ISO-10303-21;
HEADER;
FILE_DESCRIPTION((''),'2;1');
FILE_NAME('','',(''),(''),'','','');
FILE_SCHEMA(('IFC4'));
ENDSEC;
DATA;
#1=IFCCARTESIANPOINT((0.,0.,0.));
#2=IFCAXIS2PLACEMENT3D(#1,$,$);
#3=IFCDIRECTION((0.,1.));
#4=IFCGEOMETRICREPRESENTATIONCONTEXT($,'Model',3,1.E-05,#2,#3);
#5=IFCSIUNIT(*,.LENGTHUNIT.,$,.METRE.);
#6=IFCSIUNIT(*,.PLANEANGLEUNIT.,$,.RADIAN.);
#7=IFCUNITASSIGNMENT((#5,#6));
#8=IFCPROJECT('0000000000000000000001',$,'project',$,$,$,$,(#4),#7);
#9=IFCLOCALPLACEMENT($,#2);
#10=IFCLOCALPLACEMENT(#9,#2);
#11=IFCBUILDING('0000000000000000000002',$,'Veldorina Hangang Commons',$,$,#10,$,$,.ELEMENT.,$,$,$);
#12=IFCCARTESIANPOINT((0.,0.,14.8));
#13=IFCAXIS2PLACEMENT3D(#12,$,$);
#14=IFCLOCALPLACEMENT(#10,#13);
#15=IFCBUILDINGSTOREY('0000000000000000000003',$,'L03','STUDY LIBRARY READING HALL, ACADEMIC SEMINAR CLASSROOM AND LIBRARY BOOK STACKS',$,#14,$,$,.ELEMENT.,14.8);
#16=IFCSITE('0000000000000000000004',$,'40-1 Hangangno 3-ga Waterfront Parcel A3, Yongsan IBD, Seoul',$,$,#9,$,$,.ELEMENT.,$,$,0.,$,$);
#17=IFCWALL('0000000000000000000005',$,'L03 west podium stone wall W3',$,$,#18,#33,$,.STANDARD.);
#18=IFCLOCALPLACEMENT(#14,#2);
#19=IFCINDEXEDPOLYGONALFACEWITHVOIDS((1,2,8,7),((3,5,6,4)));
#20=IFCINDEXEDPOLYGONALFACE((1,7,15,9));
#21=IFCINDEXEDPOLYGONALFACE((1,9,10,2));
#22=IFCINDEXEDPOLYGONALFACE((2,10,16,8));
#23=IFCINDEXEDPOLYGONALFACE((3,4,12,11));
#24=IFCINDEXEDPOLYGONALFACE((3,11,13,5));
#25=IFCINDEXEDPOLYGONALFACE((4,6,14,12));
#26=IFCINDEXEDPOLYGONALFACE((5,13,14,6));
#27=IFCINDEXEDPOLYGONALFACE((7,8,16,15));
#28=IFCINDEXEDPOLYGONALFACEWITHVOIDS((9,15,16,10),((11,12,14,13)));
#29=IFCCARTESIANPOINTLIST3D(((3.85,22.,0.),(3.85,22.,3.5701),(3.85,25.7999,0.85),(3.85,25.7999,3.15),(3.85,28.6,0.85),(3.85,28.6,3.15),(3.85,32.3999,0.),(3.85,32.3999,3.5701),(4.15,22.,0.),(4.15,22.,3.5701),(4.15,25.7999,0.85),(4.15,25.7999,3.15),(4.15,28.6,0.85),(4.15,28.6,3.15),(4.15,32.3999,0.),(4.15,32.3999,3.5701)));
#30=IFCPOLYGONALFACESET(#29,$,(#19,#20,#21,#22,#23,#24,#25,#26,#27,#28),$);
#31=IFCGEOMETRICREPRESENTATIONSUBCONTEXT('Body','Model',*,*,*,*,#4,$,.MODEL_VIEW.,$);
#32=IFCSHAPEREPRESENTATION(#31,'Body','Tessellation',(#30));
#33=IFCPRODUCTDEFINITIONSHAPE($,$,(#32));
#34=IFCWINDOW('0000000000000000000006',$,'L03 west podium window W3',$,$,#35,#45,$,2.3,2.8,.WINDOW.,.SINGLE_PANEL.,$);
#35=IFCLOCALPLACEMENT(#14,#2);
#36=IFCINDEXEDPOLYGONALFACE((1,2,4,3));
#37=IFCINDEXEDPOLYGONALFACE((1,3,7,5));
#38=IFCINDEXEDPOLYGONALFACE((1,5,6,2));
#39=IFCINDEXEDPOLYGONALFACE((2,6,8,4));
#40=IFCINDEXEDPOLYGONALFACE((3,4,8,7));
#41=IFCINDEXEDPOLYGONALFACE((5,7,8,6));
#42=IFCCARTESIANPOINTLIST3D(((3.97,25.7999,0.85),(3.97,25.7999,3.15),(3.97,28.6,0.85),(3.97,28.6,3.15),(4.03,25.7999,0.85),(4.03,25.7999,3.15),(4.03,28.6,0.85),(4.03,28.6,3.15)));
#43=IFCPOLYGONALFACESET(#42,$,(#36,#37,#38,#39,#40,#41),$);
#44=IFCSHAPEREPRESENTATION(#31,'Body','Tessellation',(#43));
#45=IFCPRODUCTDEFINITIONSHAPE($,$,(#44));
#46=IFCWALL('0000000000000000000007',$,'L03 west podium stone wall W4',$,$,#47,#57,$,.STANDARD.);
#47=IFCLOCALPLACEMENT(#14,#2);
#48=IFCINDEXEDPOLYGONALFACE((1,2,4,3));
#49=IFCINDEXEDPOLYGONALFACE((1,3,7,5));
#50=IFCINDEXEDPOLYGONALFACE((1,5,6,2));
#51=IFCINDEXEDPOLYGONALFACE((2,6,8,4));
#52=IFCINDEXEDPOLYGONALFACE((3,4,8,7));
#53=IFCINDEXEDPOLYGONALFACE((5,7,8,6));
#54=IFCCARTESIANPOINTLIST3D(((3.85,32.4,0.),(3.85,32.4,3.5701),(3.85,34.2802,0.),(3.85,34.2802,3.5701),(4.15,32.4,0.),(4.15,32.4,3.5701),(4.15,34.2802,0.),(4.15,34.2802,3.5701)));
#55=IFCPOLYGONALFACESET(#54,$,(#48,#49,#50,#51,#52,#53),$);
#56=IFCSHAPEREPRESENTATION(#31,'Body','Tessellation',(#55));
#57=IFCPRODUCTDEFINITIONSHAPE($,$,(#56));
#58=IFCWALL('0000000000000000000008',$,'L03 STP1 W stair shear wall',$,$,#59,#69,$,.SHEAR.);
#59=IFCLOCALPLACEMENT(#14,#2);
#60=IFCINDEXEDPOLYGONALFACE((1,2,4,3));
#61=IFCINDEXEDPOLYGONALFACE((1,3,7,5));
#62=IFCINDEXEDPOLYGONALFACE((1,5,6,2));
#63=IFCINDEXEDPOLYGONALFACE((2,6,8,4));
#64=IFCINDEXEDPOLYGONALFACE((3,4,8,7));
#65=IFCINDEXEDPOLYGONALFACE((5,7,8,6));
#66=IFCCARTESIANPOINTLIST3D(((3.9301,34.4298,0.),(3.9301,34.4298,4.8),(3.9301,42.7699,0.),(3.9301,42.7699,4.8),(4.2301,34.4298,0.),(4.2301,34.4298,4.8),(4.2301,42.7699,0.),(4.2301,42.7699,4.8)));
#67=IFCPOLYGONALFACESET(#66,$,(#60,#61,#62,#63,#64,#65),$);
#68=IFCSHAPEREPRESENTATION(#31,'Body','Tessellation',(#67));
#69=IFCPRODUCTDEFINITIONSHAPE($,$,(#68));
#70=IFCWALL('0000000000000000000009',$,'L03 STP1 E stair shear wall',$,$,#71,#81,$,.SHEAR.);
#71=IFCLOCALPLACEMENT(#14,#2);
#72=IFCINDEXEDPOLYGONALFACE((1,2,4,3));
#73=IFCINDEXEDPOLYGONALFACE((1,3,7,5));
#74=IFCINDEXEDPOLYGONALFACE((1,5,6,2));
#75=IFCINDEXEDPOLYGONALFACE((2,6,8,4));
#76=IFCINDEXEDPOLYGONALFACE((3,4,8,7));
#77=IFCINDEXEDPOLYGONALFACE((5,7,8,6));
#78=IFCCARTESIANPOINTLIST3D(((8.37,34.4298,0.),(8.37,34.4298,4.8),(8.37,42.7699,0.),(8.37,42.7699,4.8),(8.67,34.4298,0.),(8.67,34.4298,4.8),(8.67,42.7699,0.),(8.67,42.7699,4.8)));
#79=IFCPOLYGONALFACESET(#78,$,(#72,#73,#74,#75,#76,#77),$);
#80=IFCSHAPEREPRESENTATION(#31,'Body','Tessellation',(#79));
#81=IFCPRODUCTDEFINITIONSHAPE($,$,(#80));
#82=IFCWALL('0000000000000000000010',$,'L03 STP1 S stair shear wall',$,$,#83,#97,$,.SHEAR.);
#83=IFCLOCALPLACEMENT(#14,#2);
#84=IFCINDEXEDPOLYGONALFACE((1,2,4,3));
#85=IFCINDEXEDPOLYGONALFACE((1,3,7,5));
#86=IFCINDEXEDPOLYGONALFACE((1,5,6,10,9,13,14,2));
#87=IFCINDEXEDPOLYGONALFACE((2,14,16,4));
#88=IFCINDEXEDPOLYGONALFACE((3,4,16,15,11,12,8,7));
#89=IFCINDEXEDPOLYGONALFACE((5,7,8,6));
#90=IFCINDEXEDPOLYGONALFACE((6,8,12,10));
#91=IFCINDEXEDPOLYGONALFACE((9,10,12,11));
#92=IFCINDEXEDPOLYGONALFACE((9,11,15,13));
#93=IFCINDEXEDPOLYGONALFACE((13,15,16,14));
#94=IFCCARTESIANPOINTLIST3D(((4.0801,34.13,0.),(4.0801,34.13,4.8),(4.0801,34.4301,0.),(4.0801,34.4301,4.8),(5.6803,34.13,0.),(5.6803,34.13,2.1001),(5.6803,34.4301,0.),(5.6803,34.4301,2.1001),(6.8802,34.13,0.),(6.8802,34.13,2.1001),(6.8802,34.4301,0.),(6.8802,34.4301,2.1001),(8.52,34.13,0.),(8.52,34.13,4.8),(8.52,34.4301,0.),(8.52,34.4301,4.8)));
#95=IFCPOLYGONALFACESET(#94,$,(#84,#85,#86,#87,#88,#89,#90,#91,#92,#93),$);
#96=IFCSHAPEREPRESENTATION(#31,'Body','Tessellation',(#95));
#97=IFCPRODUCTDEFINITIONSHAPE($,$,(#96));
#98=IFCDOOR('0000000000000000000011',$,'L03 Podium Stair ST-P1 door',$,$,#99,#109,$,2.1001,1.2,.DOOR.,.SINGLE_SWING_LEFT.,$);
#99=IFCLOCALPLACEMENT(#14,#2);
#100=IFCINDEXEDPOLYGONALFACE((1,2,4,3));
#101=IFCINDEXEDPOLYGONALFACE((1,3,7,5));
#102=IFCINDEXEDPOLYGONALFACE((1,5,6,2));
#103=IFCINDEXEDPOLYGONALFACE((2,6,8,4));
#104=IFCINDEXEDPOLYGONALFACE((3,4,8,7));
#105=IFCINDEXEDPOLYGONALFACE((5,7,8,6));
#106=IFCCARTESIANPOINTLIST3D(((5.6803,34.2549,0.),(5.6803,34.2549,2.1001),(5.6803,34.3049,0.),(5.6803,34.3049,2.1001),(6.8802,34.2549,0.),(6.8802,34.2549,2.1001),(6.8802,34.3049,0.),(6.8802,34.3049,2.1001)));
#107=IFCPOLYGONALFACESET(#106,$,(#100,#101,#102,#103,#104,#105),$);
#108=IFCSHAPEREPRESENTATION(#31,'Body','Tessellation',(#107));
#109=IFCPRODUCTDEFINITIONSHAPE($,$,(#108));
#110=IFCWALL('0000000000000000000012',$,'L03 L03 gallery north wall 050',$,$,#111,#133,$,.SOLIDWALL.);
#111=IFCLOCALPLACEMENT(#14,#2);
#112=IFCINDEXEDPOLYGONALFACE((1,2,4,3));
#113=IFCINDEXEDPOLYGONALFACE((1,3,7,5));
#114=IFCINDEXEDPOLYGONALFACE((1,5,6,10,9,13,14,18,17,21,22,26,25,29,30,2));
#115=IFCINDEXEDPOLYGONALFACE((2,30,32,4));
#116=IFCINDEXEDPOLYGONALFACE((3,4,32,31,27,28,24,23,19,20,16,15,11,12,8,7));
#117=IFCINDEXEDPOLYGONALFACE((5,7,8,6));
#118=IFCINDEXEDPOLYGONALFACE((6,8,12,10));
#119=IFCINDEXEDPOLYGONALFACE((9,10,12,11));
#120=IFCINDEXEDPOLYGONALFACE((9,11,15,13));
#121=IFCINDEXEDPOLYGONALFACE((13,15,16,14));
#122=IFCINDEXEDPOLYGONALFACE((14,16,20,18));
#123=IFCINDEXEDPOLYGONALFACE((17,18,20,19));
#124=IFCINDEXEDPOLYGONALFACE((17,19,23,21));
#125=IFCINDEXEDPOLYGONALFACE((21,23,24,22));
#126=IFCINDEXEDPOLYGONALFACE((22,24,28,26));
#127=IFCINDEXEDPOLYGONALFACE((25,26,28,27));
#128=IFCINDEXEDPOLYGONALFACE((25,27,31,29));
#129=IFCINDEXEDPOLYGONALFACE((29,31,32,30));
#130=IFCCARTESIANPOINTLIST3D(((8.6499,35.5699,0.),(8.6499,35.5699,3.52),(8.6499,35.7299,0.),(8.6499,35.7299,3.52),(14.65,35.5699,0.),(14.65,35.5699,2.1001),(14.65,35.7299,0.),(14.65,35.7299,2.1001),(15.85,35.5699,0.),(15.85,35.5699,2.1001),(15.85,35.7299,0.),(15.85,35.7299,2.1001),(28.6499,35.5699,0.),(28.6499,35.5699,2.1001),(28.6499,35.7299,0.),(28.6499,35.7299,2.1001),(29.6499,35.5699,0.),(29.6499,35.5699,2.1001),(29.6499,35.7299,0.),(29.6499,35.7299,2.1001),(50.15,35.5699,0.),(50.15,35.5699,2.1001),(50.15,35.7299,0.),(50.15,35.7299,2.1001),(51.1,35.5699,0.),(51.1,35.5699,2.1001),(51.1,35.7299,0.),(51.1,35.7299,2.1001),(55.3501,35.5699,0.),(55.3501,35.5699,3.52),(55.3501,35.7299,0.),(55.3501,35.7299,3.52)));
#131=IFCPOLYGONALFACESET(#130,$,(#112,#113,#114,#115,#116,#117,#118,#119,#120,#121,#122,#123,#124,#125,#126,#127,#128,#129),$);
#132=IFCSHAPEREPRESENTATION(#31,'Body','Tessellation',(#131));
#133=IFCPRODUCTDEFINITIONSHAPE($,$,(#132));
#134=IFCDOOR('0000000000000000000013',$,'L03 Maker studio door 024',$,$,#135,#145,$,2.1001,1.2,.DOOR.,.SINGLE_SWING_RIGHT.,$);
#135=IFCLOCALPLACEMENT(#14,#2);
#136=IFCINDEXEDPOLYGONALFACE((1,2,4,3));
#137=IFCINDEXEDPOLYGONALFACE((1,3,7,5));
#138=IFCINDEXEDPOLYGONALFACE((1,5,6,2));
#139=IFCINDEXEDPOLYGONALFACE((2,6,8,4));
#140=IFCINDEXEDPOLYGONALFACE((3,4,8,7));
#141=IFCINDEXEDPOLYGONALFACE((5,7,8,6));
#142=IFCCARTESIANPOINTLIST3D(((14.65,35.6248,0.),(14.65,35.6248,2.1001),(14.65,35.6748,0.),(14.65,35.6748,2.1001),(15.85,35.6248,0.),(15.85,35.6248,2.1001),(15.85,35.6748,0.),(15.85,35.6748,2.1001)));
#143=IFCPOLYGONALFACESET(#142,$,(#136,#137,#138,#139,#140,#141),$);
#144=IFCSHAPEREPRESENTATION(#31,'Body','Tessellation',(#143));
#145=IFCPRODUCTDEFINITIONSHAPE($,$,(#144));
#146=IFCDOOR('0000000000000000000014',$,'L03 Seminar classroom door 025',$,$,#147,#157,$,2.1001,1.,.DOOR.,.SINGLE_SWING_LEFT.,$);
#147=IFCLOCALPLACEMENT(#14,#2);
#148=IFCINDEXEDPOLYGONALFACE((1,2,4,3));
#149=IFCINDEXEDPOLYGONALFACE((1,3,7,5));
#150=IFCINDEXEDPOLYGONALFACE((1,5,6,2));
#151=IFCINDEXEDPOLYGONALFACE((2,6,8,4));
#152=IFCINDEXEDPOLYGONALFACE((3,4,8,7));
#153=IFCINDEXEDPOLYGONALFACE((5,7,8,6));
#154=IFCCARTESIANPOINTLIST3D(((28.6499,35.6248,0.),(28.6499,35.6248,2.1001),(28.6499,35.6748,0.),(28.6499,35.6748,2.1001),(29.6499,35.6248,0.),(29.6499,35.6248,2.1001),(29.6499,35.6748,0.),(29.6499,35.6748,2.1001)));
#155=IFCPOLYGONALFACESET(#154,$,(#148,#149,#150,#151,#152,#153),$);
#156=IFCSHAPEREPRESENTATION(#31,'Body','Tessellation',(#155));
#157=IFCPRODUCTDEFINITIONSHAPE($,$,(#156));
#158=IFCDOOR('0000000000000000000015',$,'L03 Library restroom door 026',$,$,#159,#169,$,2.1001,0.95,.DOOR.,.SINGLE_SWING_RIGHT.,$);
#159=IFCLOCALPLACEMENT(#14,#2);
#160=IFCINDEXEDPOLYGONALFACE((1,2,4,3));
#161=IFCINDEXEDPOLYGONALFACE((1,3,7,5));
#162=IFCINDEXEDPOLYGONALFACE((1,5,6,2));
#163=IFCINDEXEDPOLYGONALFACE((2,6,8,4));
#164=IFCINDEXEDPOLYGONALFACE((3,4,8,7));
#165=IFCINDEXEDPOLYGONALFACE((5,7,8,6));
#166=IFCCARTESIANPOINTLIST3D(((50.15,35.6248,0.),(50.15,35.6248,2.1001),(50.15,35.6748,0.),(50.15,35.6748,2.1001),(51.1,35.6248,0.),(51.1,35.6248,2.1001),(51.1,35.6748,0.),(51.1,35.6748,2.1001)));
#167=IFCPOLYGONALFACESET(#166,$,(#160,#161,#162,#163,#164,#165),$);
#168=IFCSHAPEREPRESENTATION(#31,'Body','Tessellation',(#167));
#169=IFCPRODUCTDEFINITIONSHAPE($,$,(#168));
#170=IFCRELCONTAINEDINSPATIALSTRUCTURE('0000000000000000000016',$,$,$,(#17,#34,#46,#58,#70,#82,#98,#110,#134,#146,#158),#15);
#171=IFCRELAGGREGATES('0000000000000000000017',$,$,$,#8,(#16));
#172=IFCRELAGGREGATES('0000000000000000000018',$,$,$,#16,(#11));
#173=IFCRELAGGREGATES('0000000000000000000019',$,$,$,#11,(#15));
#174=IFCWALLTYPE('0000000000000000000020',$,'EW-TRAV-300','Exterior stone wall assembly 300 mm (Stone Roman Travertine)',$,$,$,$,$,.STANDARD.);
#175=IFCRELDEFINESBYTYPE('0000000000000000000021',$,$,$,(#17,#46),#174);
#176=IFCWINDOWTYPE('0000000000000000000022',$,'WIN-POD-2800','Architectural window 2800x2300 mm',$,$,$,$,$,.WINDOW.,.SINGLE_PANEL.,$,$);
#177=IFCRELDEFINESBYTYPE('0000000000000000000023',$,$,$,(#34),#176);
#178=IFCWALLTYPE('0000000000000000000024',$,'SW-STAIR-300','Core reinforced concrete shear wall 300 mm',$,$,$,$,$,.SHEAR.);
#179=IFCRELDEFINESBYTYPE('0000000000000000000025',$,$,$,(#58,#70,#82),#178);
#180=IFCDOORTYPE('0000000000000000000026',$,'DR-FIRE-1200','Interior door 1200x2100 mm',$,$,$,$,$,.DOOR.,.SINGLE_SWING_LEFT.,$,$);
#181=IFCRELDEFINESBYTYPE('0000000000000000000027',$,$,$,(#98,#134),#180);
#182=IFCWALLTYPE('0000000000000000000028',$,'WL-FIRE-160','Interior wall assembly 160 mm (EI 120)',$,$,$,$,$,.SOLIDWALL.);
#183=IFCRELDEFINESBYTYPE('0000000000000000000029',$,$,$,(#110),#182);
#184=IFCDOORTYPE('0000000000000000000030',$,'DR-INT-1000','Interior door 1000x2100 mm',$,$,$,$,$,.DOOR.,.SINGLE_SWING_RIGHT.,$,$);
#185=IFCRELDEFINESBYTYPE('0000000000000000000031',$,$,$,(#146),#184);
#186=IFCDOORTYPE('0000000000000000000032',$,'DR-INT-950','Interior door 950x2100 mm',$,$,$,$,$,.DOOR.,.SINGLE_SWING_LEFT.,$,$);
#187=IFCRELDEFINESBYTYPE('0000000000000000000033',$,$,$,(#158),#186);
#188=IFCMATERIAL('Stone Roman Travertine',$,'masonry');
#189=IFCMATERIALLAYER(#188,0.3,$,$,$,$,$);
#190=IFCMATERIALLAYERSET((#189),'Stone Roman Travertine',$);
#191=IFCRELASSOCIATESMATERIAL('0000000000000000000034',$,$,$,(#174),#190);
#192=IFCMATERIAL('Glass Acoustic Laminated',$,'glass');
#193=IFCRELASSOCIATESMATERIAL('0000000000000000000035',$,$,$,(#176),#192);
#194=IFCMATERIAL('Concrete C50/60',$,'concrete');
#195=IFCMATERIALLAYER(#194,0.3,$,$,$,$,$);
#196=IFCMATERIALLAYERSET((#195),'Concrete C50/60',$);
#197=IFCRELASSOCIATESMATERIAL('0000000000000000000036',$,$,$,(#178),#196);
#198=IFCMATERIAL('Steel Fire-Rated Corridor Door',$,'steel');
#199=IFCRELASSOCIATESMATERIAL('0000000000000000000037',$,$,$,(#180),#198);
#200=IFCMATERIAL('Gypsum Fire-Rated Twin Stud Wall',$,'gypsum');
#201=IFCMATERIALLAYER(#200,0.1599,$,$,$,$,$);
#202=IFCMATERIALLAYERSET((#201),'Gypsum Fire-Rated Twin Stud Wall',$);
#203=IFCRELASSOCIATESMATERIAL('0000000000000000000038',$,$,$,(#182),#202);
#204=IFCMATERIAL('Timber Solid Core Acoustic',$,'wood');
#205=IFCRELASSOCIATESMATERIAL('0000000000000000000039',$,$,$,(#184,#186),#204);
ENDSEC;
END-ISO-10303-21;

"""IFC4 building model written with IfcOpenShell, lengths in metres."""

from ifc_helpers import new_model, si_unit, direction, frame, frame_2d, origin, place, context, subcontext, project, spatial, rectangle, extrude, material, layer, layer_set, type_object, element, fill, save


model = new_model("IFC4")

# Units and contexts
model_context = context("Model", 3, precision=1e-05, world=origin(), true_north=direction((0.0, 1.0)))
body_context = subcontext(model_context, "Body", "Model", "MODEL_VIEW")
ifc_project = project(units=[si_unit("LENGTHUNIT", "METRE"), si_unit("PLANEANGLEUNIT", "RADIAN")], contexts=[model_context])

# Site, building, storey
site_placement = place(None, origin())
site = spatial("IfcSite", under=ifc_project, at=site_placement, Name="40-1 Hangangno 3-ga Waterfront Parcel A3, Yongsan IBD, Seoul", CompositionType="ELEMENT", RefElevation=0.0)
building_placement = place(site_placement, origin())
building = spatial("IfcBuilding", under=site, at=building_placement, Name="Veldorina Hangang Commons", CompositionType="ELEMENT")
storey_placement = place(building_placement, frame((0.0, 0.0, 14.8)))
storey = spatial("IfcBuildingStorey", under=building, at=storey_placement, Name="L03", Description="STUDY LIBRARY READING HALL, ACADEMIC SEMINAR CLASSROOM AND LIBRARY BOOK STACKS", CompositionType="ELEMENT", Elevation=14.8)

# Wall, opening, window
ifc_material_1 = material(Name="Stone Roman Travertine", Category="masonry")
ifc_layer_1 = layer(ifc_material_1, 0.3)
ifc_layer_set_1 = layer_set([ifc_layer_1], Name="Stone Roman Travertine")
wall_type_1 = type_object("IfcWallType", Name="EW-TRAV-300", Description="Exterior stone wall assembly 300 mm (Stone Roman Travertine)", PredefinedType="STANDARD", material=ifc_layer_set_1)
wall_1_placement = place(storey_placement, frame((4.0, 32.3999, 0.0), z_axis=(0.0, 0.0, 1.0), x_axis=(0.0, -1.0, 0.0)))
wall_1 = element("IfcWall", 1, at=wall_1_placement, inside=storey, type_object=wall_type_1, Name="L03 west podium stone wall W3", PredefinedType="STANDARD", context=body_context, shape_type="SweptSolid", body=[
    extrude(rectangle(XDim=10.3999, YDim=0.3, at=frame_2d((5.2, 0.0))), origin(), (0.0, 0.0, 1.0), 3.5701),
])
opening_1_placement = place(wall_1_placement, frame((3.8, 0.0, 0.8501)))
opening_1 = element("IfcOpeningElement", 2, at=opening_1_placement, cuts=wall_1, PredefinedType="OPENING", context=body_context, shape_type="SweptSolid", body=[
    extrude(rectangle(XDim=2.8, YDim=2.3, at=frame_2d((1.3999, 1.1499))), frame((0.0, 0.1602, 0.0), z_axis=(0.0, -1.0, 0.0), x_axis=(1.0, 0.0, 0.0)), (0.0, 0.0, 1.0), 0.3201),
])
ifc_material_2 = material(Name="Glass Acoustic Laminated", Category="glass")
window_type = type_object("IfcWindowType", Name="WIN-POD-2800", Description="Architectural window 2800x2300 mm", PartitioningType="SINGLE_PANEL", PredefinedType="WINDOW", material=ifc_material_2)
window_placement = place(opening_1_placement, origin())
window = element("IfcWindow", 3, at=window_placement, inside=storey, type_object=window_type, Name="L03 west podium window W3", OverallHeight=2.3, OverallWidth=2.8, PartitioningType="SINGLE_PANEL", PredefinedType="WINDOW", context=body_context, shape_type="SweptSolid", body=[
    extrude(rectangle(XDim=2.8, YDim=2.3, at=frame_2d((1.3999, 1.1499))), frame((0.0, 0.03, 0.0), z_axis=(0.0, -1.0, 0.0), x_axis=(1.0, 0.0, 0.0)), (0.0, 0.0, 1.0), 0.0601),
])
fill(opening_1, window)

# Walls
wall_2_placement = place(storey_placement, frame((4.0, 34.28, 0.0), z_axis=(0.0, 0.0, 1.0), x_axis=(0.0, -1.0, 0.0)))
element("IfcWall", 4, at=wall_2_placement, inside=storey, type_object=wall_type_1, Name="L03 west podium stone wall W4", PredefinedType="STANDARD", context=body_context, shape_type="SweptSolid", body=[
    extrude(rectangle(XDim=1.8801, YDim=0.3, at=frame_2d((0.9399, 0.0))), origin(), (0.0, 0.0, 1.0), 3.5701),
])
ifc_material_3 = material(Name="Concrete C50/60", Category="concrete")
ifc_layer_2 = layer(ifc_material_3, 0.3)
ifc_layer_set_2 = layer_set([ifc_layer_2], Name="Concrete C50/60")
wall_type_2 = type_object("IfcWallType", Name="SW-STAIR-300", Description="Core reinforced concrete shear wall 300 mm", PredefinedType="SHEAR", material=ifc_layer_set_2)
for number, where, z_axis, x_axis, name in (
    (5, (4.0801, 34.4299, 0.0), (0.0, 0.0, 1.0), (0.0, 1.0, 0.0), "L03 STP1 W stair shear wall"),
    (6, (8.52, 34.4299, 0.0), (0.0, 0.0, 1.0), (0.0, 1.0, 0.0), "L03 STP1 E stair shear wall"),
):
    element("IfcWall", number, at=place(storey_placement, frame(where, z_axis=z_axis, x_axis=x_axis)), inside=storey, type_object=wall_type_2, Name=name, PredefinedType="SHEAR", context=body_context, shape_type="SweptSolid", body=[
        extrude(rectangle(XDim=8.3401, YDim=0.3, at=frame_2d((4.1699, 0.0))), origin(), (0.0, 0.0, 1.0), 4.8),
    ])

# Wall, opening, door
wall_3_placement = place(storey_placement, frame((4.0801, 34.28, 0.0), z_axis=(0.0, 0.0, 1.0), x_axis=(1.0, 0.0, 0.0)))
wall_3 = element("IfcWall", 7, at=wall_3_placement, inside=storey, type_object=wall_type_2, Name="L03 STP1 S stair shear wall", PredefinedType="SHEAR", context=body_context, shape_type="SweptSolid", body=[
    extrude(rectangle(XDim=4.4399, YDim=0.3, at=frame_2d((2.22, 0.0))), origin(), (0.0, 0.0, 1.0), 4.8),
])
opening_2_placement = place(wall_3_placement, frame((1.6001, 0.0, 0.0)))
opening_2 = element("IfcOpeningElement", 8, at=opening_2_placement, cuts=wall_3, PredefinedType="OPENING", context=body_context, shape_type="SweptSolid", body=[
    extrude(rectangle(XDim=1.2, YDim=2.1001, at=frame_2d((0.6001, 1.05))), frame((0.0, 0.1602, 0.0), z_axis=(0.0, -1.0, 0.0), x_axis=(1.0, 0.0, 0.0)), (0.0, 0.0, 1.0), 0.3201),
])
ifc_material_4 = material(Name="Steel Fire-Rated Corridor Door", Category="steel")
door_type_1 = type_object("IfcDoorType", Name="DR-FIRE-1200", Description="Interior door 1200x2100 mm", OperationType="SINGLE_SWING_LEFT", PredefinedType="DOOR", material=ifc_material_4)
door_1_placement = place(opening_2_placement, origin())
door_1 = element("IfcDoor", 9, at=door_1_placement, inside=storey, type_object=door_type_1, Name="L03 Podium Stair ST-P1 door", OperationType="SINGLE_SWING_LEFT", OverallHeight=2.1001, OverallWidth=1.2, PredefinedType="DOOR", context=body_context, shape_type="SweptSolid", body=[
    extrude(rectangle(XDim=1.2, YDim=2.1001, at=frame_2d((0.6001, 1.05))), frame((0.0, 0.0249, 0.0), z_axis=(0.0, -1.0, 0.0), x_axis=(1.0, 0.0, 0.0)), (0.0, 0.0, 1.0), 0.05),
])
fill(opening_2, door_1)

# Wall, openings, doors
ifc_material_5 = material(Name="Gypsum Fire-Rated Twin Stud Wall", Category="gypsum")
ifc_layer_3 = layer(ifc_material_5, 0.1599)
ifc_layer_set_3 = layer_set([ifc_layer_3], Name="Gypsum Fire-Rated Twin Stud Wall")
wall_type_3 = type_object("IfcWallType", Name="WL-FIRE-160", Description="Interior wall assembly 160 mm (EI 120)", PredefinedType="SOLIDWALL", material=ifc_layer_set_3)
wall_4_placement = place(storey_placement, frame((8.6499, 35.6499, 0.0), z_axis=(0.0, 0.0, 1.0), x_axis=(1.0, 0.0, 0.0)))
wall_4 = element("IfcWall", 10, at=wall_4_placement, inside=storey, type_object=wall_type_3, Name="L03 L03 gallery north wall 050", PredefinedType="SOLIDWALL", context=body_context, shape_type="SweptSolid", body=[
    extrude(rectangle(XDim=46.7002, YDim=0.1599, at=frame_2d((23.3501, 0.0))), origin(), (0.0, 0.0, 1.0), 3.52),
])
opening_3_placement = place(wall_4_placement, frame((6.0, 0.0, 0.0)))
opening_3 = element("IfcOpeningElement", 11, at=opening_3_placement, cuts=wall_4, PredefinedType="OPENING", context=body_context, shape_type="SweptSolid", body=[
    extrude(rectangle(XDim=1.2, YDim=2.1001, at=frame_2d((0.6001, 1.05))), frame((0.0, 0.0898, 0.0), z_axis=(0.0, -1.0, 0.0), x_axis=(1.0, 0.0, 0.0)), (0.0, 0.0, 1.0), 0.1799),
])
opening_4_placement = place(wall_4_placement, frame((20.0, 0.0, 0.0)))
opening_4 = element("IfcOpeningElement", 12, at=opening_4_placement, cuts=wall_4, PredefinedType="OPENING", context=body_context, shape_type="SweptSolid", body=[
    extrude(rectangle(XDim=1.0, YDim=2.1001, at=frame_2d((0.5, 1.05))), frame((0.0, 0.0898, 0.0), z_axis=(0.0, -1.0, 0.0), x_axis=(1.0, 0.0, 0.0)), (0.0, 0.0, 1.0), 0.1799),
])
opening_5_placement = place(wall_4_placement, frame((41.5, 0.0, 0.0)))
opening_5 = element("IfcOpeningElement", 13, at=opening_5_placement, cuts=wall_4, PredefinedType="OPENING", context=body_context, shape_type="SweptSolid", body=[
    extrude(rectangle(XDim=0.95, YDim=2.1001, at=frame_2d((0.4751, 1.05))), frame((0.0, 0.0898, 0.0), z_axis=(0.0, -1.0, 0.0), x_axis=(1.0, 0.0, 0.0)), (0.0, 0.0, 1.0), 0.1799),
])
door_2_placement = place(opening_3_placement, origin())
door_2 = element("IfcDoor", 14, at=door_2_placement, inside=storey, type_object=door_type_1, Name="L03 Maker studio door 024", OperationType="SINGLE_SWING_RIGHT", OverallHeight=2.1001, OverallWidth=1.2, PredefinedType="DOOR", context=body_context, shape_type="SweptSolid", body=[
    extrude(rectangle(XDim=1.2, YDim=2.1001, at=frame_2d((0.6001, 1.05))), frame((0.0, 0.0249, 0.0), z_axis=(0.0, -1.0, 0.0), x_axis=(1.0, 0.0, 0.0)), (0.0, 0.0, 1.0), 0.05),
])
fill(opening_3, door_2)
ifc_material_6 = material(Name="Timber Solid Core Acoustic", Category="wood")
door_type_2 = type_object("IfcDoorType", Name="DR-INT-1000", Description="Interior door 1000x2100 mm", OperationType="SINGLE_SWING_RIGHT", PredefinedType="DOOR", material=ifc_material_6)
door_3_placement = place(opening_4_placement, origin())
door_3 = element("IfcDoor", 15, at=door_3_placement, inside=storey, type_object=door_type_2, Name="L03 Seminar classroom door 025", OperationType="SINGLE_SWING_LEFT", OverallHeight=2.1001, OverallWidth=1.0, PredefinedType="DOOR", context=body_context, shape_type="SweptSolid", body=[
    extrude(rectangle(XDim=1.0, YDim=2.1001, at=frame_2d((0.5, 1.05))), frame((0.0, 0.0249, 0.0), z_axis=(0.0, -1.0, 0.0), x_axis=(1.0, 0.0, 0.0)), (0.0, 0.0, 1.0), 0.05),
])
fill(opening_4, door_3)
door_type_3 = type_object("IfcDoorType", Name="DR-INT-950", Description="Interior door 950x2100 mm", OperationType="SINGLE_SWING_LEFT", PredefinedType="DOOR", material=ifc_material_6)
door_4_placement = place(opening_5_placement, origin())
door_4 = element("IfcDoor", 16, at=door_4_placement, inside=storey, type_object=door_type_3, Name="L03 Library restroom door 026", OperationType="SINGLE_SWING_RIGHT", OverallHeight=2.1001, OverallWidth=0.95, PredefinedType="DOOR", context=body_context, shape_type="SweptSolid", body=[
    extrude(rectangle(XDim=0.95, YDim=2.1001, at=frame_2d((0.4751, 1.05))), frame((0.0, 0.0249, 0.0), z_axis=(0.0, -1.0, 0.0), x_axis=(1.0, 0.0, 0.0)), (0.0, 0.0, 1.0), 0.05),
])
fill(opening_5, door_4)

save(model, "model.ifc")
